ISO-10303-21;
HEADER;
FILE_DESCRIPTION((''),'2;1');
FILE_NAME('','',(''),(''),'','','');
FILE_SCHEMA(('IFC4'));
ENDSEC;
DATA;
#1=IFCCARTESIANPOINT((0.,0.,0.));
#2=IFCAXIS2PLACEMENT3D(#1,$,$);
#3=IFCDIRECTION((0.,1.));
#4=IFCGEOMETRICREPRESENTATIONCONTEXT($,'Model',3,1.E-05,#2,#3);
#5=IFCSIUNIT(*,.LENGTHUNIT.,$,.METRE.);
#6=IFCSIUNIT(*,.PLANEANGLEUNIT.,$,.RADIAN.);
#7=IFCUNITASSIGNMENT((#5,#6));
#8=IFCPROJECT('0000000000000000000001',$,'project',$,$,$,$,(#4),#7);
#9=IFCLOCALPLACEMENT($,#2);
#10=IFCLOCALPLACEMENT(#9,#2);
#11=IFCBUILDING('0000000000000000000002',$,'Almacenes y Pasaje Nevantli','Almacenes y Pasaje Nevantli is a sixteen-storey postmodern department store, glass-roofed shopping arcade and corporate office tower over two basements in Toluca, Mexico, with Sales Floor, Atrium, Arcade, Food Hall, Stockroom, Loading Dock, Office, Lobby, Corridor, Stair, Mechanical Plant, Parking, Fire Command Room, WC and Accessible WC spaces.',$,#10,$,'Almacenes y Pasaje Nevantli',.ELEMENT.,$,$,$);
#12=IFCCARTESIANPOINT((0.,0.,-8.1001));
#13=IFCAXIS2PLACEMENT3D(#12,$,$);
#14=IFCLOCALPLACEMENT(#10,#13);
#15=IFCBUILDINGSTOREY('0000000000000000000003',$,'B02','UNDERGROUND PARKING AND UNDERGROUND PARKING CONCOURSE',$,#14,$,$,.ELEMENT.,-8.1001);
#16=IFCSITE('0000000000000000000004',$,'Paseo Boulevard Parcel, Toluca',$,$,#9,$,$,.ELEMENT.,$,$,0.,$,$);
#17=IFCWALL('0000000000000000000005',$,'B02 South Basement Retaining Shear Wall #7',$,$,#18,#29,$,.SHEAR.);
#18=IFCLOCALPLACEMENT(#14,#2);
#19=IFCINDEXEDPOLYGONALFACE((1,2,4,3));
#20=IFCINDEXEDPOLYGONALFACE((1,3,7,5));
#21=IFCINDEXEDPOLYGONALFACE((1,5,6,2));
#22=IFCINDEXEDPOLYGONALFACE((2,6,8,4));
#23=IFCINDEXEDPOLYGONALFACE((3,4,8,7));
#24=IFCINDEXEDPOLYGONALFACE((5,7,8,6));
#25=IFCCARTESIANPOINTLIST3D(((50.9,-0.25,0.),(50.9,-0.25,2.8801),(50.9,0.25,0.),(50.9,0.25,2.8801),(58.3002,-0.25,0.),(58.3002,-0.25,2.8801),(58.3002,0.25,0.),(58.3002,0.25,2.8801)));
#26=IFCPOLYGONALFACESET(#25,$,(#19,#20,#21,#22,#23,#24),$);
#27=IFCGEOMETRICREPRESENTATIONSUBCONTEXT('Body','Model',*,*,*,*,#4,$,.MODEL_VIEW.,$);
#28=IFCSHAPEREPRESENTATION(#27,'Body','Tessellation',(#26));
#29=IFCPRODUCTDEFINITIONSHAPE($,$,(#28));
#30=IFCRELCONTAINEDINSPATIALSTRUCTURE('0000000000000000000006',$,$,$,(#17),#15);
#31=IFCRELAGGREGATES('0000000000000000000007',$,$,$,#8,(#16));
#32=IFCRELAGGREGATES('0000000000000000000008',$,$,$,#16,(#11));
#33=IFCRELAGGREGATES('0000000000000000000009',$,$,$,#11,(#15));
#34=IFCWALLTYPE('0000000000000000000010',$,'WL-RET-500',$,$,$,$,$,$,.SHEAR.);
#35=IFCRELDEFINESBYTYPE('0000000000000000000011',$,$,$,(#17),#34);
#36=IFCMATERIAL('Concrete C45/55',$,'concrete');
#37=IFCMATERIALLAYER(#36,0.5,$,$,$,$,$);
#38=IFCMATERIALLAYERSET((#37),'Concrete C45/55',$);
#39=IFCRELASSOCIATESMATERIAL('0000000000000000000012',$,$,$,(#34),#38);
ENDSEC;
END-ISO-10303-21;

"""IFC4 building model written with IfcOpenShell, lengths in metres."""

from ifc_helpers import new_model, si_unit, direction, frame, frame_2d, origin, place, context, subcontext, project, spatial, rectangle, extrude, material, layer, layer_set, type_object, element, save


model = new_model("IFC4")

# Units and contexts
model_context = context("Model", 3, precision=1e-05, world=origin(), true_north=direction((0.0, 1.0)))
body_context = subcontext(model_context, "Body", "Model", "MODEL_VIEW")
ifc_project = project(units=[si_unit("LENGTHUNIT", "METRE"), si_unit("PLANEANGLEUNIT", "RADIAN")], contexts=[model_context])

# Site, building, storey
site_placement = place(None, origin())
site = spatial("IfcSite", under=ifc_project, at=site_placement, Name="Paseo Boulevard Parcel, Toluca", CompositionType="ELEMENT", RefElevation=0.0)
building_placement = place(site_placement, origin())
building = spatial("IfcBuilding", under=site, at=building_placement, Name="Almacenes y Pasaje Nevantli", Description="Almacenes y Pasaje Nevantli is a sixteen-storey postmodern department store, glass-roofed shopping arcade and corporate office tower over two basements in Toluca, Mexico, with Sales Floor, Atrium, Arcade, Food Hall, Stockroom, Loading Dock, Office, Lobby, Corridor, Stair, Mechanical Plant, Parking, Fire Command Room, WC and Accessible WC spaces.", LongName="Almacenes y Pasaje Nevantli", CompositionType="ELEMENT")
storey_placement = place(building_placement, frame((0.0, 0.0, -8.1001)))
storey = spatial("IfcBuildingStorey", under=building, at=storey_placement, Name="B02", Description="UNDERGROUND PARKING AND UNDERGROUND PARKING CONCOURSE", CompositionType="ELEMENT", Elevation=-8.1001)

# Wall
ifc_material_1 = material(Name="Concrete C45/55", Category="concrete")
ifc_layer_1 = layer(ifc_material_1, 0.5)
ifc_layer_set_1 = layer_set([ifc_layer_1], Name="Concrete C45/55")
wall_type = type_object("IfcWallType", Name="WL-RET-500", PredefinedType="SHEAR", material=ifc_layer_set_1)
wall_placement = place(storey_placement, frame((50.8999, 0.0, 0.0), z_axis=(0.0, 0.0, 1.0), x_axis=(1.0, 0.0, 0.0)))
element("IfcWall", 1, at=wall_placement, inside=storey, type_object=wall_type, Name="B02 South Basement Retaining Shear Wall #7", PredefinedType="SHEAR", context=body_context, shape_type="SweptSolid", body=[
    extrude(rectangle(XDim=7.4001, YDim=0.5, at=frame_2d((3.7002, 0.0))), origin(), (0.0, 0.0, 1.0), 2.8801),
])

save(model, "model.ifc")
